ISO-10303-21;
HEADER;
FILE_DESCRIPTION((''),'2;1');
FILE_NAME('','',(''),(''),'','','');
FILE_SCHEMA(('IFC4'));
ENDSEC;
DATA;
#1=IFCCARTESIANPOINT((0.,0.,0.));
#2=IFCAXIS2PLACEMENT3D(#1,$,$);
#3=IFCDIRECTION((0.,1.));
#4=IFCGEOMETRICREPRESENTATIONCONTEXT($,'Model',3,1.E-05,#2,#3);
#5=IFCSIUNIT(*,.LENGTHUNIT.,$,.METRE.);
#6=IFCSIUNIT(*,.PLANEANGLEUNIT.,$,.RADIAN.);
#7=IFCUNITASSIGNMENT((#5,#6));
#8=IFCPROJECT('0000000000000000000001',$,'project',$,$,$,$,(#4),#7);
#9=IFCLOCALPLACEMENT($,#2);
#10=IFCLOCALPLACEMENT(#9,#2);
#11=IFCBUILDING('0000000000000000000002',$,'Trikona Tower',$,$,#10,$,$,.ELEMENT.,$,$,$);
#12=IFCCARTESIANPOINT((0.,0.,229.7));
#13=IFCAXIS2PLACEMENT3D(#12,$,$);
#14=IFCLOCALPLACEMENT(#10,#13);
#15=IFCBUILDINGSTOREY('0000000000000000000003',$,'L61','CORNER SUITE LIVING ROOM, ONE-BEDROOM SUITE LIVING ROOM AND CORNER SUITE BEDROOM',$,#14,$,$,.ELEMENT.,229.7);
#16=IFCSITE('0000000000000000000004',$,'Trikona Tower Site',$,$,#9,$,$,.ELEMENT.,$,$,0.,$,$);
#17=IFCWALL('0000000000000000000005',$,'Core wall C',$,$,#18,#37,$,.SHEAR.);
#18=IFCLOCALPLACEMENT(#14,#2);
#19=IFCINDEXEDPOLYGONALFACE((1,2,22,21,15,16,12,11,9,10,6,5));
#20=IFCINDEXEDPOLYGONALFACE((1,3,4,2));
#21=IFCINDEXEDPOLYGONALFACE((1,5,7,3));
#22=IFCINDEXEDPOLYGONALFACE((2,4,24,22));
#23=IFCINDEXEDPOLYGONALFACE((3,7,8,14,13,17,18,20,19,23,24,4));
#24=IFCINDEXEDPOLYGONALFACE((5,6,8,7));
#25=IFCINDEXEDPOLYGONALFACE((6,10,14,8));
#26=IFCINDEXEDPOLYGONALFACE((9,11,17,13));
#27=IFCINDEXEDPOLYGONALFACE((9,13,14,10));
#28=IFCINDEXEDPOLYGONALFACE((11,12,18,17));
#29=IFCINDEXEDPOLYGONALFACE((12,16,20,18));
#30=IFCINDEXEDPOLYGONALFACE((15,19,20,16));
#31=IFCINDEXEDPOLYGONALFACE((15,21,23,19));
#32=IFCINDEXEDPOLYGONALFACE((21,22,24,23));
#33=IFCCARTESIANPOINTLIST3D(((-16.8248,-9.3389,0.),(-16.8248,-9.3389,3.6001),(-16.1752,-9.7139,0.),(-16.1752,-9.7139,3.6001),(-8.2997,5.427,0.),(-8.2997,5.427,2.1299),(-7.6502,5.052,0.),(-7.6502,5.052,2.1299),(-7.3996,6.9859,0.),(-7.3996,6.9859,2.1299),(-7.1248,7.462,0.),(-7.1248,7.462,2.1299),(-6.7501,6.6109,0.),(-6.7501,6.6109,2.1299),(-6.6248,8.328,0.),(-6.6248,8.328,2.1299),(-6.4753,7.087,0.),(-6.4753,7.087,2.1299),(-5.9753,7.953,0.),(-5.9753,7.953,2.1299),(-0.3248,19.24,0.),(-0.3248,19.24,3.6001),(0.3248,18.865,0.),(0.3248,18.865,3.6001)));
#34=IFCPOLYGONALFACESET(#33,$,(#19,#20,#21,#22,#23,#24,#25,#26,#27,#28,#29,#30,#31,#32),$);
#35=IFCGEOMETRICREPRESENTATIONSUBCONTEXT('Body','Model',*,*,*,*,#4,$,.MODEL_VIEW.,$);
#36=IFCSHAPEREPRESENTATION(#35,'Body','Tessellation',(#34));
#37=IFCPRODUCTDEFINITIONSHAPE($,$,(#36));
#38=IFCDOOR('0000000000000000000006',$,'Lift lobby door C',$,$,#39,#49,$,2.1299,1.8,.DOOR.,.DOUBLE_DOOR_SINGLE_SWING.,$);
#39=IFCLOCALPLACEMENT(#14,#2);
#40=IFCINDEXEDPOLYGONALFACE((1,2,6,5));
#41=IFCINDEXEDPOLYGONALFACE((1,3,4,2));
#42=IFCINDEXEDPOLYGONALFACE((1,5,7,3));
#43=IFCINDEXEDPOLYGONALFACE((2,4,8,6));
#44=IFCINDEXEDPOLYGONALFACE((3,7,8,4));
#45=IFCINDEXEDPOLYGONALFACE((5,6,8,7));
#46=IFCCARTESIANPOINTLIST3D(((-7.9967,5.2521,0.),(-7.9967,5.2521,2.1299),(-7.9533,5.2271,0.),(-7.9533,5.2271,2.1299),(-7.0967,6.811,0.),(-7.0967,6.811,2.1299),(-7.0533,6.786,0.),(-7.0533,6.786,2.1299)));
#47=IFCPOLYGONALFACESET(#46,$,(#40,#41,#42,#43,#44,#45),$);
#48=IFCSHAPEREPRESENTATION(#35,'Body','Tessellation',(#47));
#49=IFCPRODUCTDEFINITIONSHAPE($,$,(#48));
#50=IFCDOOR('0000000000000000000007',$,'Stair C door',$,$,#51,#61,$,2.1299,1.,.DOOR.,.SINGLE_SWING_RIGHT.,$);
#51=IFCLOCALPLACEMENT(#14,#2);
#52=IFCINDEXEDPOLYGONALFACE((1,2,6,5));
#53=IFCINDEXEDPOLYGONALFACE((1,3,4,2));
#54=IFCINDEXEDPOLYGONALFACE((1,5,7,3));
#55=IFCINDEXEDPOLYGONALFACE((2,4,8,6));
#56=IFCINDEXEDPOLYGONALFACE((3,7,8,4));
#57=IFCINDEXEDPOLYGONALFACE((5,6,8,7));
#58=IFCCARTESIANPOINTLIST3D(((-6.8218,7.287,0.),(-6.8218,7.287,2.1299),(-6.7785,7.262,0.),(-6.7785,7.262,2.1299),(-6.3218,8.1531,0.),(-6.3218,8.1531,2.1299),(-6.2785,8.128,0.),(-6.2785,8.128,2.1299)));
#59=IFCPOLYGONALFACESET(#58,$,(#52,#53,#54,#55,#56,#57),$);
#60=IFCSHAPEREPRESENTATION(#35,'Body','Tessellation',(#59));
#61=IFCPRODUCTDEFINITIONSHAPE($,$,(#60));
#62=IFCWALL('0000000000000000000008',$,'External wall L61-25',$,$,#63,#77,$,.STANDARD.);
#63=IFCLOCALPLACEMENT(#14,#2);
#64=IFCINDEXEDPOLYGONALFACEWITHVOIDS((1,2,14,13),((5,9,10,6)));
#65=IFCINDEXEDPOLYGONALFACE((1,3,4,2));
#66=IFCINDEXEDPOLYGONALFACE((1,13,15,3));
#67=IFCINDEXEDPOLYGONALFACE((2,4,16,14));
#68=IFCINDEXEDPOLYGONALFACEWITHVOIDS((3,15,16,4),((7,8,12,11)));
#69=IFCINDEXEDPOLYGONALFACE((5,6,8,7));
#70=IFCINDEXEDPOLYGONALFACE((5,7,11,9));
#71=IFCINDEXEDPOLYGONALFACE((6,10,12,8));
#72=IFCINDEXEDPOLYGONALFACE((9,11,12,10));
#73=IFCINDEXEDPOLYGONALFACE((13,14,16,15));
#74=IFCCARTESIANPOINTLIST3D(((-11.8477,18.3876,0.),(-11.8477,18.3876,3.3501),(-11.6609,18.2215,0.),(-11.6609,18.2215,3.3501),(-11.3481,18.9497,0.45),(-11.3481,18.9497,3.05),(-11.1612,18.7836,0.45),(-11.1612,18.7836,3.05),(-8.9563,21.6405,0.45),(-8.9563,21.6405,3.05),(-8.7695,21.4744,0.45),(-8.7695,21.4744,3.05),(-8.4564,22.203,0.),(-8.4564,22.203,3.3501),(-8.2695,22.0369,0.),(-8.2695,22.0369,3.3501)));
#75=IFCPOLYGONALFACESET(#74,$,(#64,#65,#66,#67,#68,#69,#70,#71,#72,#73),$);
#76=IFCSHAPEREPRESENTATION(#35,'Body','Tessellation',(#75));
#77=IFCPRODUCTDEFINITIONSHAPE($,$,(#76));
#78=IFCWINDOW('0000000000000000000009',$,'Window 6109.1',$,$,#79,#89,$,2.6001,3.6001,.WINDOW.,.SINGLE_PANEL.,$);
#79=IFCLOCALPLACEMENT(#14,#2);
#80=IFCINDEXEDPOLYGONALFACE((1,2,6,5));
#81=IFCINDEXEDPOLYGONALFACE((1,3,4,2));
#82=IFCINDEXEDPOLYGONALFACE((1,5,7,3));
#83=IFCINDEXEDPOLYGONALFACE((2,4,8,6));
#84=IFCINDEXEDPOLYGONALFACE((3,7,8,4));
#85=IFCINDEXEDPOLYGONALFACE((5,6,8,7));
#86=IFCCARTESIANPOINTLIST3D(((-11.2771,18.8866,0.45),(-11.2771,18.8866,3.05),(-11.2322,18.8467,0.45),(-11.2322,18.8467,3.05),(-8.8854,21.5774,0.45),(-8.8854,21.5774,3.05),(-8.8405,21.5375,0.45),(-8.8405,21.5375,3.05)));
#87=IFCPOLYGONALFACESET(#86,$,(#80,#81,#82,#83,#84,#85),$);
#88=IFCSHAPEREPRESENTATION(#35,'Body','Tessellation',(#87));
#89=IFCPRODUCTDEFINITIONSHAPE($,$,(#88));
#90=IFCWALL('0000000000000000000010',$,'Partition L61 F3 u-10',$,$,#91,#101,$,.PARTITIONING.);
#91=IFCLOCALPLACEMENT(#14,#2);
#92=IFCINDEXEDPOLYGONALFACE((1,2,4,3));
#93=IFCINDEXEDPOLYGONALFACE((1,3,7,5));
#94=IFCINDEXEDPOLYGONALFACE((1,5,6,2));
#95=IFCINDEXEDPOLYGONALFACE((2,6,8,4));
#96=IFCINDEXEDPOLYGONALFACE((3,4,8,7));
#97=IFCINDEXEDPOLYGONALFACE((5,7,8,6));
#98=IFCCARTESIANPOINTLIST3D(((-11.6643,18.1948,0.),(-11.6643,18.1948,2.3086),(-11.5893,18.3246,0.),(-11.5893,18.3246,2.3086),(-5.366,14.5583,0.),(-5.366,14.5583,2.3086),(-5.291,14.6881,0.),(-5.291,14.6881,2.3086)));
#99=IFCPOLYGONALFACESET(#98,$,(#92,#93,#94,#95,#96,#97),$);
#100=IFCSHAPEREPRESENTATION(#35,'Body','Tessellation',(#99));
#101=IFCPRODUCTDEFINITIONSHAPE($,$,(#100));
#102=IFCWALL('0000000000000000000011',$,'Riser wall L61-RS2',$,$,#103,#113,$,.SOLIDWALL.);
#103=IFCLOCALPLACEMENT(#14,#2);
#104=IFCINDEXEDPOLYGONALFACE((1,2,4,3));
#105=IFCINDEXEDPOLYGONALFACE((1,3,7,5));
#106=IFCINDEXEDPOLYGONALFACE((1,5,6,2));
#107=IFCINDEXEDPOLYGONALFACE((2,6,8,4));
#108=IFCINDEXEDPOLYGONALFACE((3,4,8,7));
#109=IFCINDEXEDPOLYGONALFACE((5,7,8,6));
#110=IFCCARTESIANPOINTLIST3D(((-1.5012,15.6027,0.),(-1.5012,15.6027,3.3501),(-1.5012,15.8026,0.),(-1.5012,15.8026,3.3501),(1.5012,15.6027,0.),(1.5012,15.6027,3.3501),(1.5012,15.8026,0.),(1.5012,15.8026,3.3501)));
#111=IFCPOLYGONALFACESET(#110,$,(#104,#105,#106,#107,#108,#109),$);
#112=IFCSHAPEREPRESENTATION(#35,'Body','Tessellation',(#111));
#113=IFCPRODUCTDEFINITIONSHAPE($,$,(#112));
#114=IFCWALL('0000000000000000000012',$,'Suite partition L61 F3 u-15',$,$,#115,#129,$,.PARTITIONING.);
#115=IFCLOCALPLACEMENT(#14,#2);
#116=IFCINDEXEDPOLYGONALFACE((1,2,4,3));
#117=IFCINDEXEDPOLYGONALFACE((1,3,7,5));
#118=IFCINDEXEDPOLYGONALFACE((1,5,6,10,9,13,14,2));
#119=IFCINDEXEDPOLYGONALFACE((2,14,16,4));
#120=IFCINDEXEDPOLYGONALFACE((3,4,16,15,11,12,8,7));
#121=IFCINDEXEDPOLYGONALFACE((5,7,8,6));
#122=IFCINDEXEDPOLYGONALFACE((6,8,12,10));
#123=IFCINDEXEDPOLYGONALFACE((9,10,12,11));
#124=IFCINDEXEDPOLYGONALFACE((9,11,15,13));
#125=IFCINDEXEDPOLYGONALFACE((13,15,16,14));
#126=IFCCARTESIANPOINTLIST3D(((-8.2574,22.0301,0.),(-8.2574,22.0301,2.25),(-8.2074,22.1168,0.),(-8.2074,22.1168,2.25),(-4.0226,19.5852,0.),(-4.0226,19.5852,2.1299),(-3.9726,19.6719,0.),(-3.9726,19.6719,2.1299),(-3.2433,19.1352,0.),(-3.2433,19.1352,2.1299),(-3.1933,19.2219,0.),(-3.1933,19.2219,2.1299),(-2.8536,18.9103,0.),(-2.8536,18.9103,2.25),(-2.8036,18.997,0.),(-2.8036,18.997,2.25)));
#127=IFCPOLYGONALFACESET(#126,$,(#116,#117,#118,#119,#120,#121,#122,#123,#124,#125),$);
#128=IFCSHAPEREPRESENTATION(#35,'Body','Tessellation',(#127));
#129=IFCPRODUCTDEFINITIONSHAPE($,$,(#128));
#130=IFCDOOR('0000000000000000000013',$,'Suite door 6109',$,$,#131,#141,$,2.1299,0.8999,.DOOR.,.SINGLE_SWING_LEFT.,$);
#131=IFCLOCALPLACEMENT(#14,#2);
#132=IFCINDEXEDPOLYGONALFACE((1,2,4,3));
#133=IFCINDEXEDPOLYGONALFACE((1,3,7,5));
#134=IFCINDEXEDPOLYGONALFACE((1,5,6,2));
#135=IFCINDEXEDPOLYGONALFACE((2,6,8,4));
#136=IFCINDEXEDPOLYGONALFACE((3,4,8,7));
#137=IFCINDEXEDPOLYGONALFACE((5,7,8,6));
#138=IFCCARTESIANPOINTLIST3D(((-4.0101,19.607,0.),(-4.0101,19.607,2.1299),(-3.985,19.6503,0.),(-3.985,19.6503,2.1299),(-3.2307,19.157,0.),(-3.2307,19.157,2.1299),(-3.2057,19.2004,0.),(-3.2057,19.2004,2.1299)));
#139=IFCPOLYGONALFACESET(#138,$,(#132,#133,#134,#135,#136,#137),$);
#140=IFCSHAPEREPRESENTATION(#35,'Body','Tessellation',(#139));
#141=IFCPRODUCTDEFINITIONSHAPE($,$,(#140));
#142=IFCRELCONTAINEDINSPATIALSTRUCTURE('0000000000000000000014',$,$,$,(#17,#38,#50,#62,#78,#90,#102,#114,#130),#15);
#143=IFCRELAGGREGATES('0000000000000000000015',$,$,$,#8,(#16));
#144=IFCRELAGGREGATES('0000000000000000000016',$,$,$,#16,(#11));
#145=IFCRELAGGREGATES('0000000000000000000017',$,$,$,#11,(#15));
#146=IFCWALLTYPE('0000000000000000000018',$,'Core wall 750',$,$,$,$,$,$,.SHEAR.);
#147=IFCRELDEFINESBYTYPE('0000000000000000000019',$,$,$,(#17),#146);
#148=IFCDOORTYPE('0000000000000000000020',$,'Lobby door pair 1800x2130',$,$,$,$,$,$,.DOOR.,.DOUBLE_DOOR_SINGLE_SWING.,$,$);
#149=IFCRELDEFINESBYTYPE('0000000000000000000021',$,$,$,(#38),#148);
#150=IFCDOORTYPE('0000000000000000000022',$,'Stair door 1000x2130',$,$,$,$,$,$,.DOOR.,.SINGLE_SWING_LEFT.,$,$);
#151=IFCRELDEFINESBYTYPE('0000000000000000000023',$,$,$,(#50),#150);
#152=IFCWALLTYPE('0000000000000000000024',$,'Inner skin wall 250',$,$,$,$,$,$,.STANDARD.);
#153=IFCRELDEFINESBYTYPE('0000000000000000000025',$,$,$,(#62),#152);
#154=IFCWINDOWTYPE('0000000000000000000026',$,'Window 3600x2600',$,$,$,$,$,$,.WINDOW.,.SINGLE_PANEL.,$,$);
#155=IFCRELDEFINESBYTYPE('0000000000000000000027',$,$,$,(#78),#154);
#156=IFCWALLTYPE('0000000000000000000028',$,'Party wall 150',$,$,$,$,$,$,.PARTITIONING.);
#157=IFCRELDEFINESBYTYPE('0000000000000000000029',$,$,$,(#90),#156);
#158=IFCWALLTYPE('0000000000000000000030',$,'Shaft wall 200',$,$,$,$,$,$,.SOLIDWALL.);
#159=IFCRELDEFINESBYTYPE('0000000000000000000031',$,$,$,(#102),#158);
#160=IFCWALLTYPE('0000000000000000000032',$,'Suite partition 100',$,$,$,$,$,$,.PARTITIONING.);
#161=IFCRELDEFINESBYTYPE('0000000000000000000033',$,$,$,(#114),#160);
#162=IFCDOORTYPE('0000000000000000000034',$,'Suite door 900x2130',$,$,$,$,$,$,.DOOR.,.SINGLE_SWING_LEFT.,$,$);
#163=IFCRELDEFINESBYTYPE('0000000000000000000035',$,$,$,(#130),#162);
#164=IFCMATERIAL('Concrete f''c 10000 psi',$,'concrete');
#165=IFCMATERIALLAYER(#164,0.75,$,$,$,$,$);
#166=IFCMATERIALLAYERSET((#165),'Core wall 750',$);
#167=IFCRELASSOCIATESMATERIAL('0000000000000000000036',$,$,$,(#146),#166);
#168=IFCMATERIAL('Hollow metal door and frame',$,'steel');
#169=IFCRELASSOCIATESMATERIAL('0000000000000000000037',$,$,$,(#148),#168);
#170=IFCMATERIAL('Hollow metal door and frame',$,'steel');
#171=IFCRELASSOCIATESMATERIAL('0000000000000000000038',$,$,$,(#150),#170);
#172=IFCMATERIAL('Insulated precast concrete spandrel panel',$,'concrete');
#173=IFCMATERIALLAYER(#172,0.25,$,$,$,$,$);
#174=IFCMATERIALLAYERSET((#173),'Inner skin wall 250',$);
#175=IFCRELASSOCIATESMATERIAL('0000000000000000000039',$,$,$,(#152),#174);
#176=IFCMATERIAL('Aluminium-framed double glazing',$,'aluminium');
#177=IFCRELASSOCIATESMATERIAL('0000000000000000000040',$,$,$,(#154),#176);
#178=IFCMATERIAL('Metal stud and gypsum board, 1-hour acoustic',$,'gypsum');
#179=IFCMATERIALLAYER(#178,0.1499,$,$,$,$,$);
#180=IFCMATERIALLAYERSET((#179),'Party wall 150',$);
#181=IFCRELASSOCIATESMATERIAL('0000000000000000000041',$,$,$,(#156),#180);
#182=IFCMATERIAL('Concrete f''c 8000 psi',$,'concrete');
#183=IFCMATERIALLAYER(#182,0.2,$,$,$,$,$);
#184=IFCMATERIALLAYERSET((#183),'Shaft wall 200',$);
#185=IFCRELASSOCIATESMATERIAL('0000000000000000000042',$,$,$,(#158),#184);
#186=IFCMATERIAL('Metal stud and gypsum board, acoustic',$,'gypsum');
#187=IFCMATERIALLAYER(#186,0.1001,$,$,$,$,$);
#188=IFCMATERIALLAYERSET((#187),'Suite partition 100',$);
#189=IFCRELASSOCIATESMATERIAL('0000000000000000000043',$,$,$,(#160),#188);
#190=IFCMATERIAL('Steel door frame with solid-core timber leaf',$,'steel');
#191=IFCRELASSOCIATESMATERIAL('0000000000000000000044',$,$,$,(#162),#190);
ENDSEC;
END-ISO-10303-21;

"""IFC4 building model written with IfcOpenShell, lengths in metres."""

from ifc_helpers import new_model, si_unit, direction, frame, frame_2d, origin, place, context, subcontext, project, spatial, rectangle, extrude, material, layer, layer_set, type_object, element, fill, save


model = new_model("IFC4")

# Units and contexts
model_context = context("Model", 3, precision=1e-05, world=origin(), true_north=direction((0.0, 1.0)))
body_context = subcontext(model_context, "Body", "Model", "MODEL_VIEW")
ifc_project = project(units=[si_unit("LENGTHUNIT", "METRE"), si_unit("PLANEANGLEUNIT", "RADIAN")], contexts=[model_context])

# Site, building, storey
site_placement = place(None, origin())
site = spatial("IfcSite", under=ifc_project, at=site_placement, Name="Trikona Tower Site", CompositionType="ELEMENT", RefElevation=0.0)
building_placement = place(site_placement, origin())
building = spatial("IfcBuilding", under=site, at=building_placement, Name="Trikona Tower", CompositionType="ELEMENT")
storey_placement = place(building_placement, frame((0.0, 0.0, 229.7)))
storey = spatial("IfcBuildingStorey", under=building, at=storey_placement, Name="L61", Description="CORNER SUITE LIVING ROOM, ONE-BEDROOM SUITE LIVING ROOM AND CORNER SUITE BEDROOM", CompositionType="ELEMENT", Elevation=229.7)

# Wall, openings, doors
ifc_material_1 = material(Name="Concrete f'c 10000 psi", Category="concrete")
ifc_layer_1 = layer(ifc_material_1, 0.75)
ifc_layer_set_1 = layer_set([ifc_layer_1], Name="Core wall 750")
wall_type_1 = type_object("IfcWallType", Name="Core wall 750", PredefinedType="SHEAR", material=ifc_layer_set_1)
wall_1_placement = place(storey_placement, frame((0.0, 19.0525, 0.0), z_axis=(0.0, 0.0, 1.0), x_axis=(-0.5, -0.866026, 0.0)))
wall_1 = element("IfcWall", 1, at=wall_1_placement, inside=storey, type_object=wall_type_1, Name="Core wall C", PredefinedType="SHEAR", context=body_context, shape_type="SweptSolid", body=[
    extrude(rectangle(XDim=33.0, YDim=0.75, at=frame_2d((16.5, 0.0))), origin(), (0.0, 0.0, 1.0), 3.6001),
])
opening_1_placement = place(wall_1_placement, frame((14.1499, 0.0, 0.0)))
opening_1 = element("IfcOpeningElement", 2, at=opening_1_placement, cuts=wall_1, PredefinedType="OPENING", context=body_context, shape_type="SweptSolid", body=[
    extrude(rectangle(XDim=1.8, YDim=2.1299, at=frame_2d((0.8999, 1.0649))), frame((0.0, 0.385, 0.0), z_axis=(0.0, -1.0, 0.0), x_axis=(1.0, 0.0, 0.0)), (0.0, 0.0, 1.0), 0.77),
])
opening_2_placement = place(wall_1_placement, frame((12.6001, 0.0, 0.0)))
opening_2 = element("IfcOpeningElement", 3, at=opening_2_placement, cuts=wall_1, PredefinedType="OPENING", context=body_context, shape_type="SweptSolid", body=[
    extrude(rectangle(XDim=1.0, YDim=2.1299, at=frame_2d((0.5, 1.0649))), frame((0.0, 0.385, 0.0), z_axis=(0.0, -1.0, 0.0), x_axis=(1.0, 0.0, 0.0)), (0.0, 0.0, 1.0), 0.77),
])
ifc_material_2 = material(Name="Hollow metal door and frame", Category="steel")
door_type_1 = type_object("IfcDoorType", Name="Lobby door pair 1800x2130", OperationType="DOUBLE_DOOR_SINGLE_SWING", PredefinedType="DOOR", material=ifc_material_2)
door_1_placement = place(opening_1_placement, origin())
door_1 = element("IfcDoor", 4, at=door_1_placement, inside=storey, type_object=door_type_1, Name="Lift lobby door C", OperationType="DOUBLE_DOOR_SINGLE_SWING", OverallHeight=2.1299, OverallWidth=1.8, PredefinedType="DOOR", context=body_context, shape_type="SweptSolid", body=[
    extrude(rectangle(XDim=1.8, YDim=2.1299, at=frame_2d((0.8999, 1.0649))), frame((0.0, 0.0249, 0.0), z_axis=(0.0, -1.0, 0.0), x_axis=(1.0, 0.0, 0.0)), (0.0, 0.0, 1.0), 0.05),
])
fill(opening_1, door_1)
ifc_material_3 = material(Name="Hollow metal door and frame", Category="steel")
door_type_2 = type_object("IfcDoorType", Name="Stair door 1000x2130", OperationType="SINGLE_SWING_LEFT", PredefinedType="DOOR", material=ifc_material_3)
door_2_placement = place(opening_2_placement, origin())
door_2 = element("IfcDoor", 5, at=door_2_placement, inside=storey, type_object=door_type_2, Name="Stair C door", OperationType="SINGLE_SWING_RIGHT", OverallHeight=2.1299, OverallWidth=1.0, PredefinedType="DOOR", context=body_context, shape_type="SweptSolid", body=[
    extrude(rectangle(XDim=1.0, YDim=2.1299, at=frame_2d((0.5, 1.0649))), frame((0.0, 0.0249, 0.0), z_axis=(0.0, -1.0, 0.0), x_axis=(1.0, 0.0, 0.0)), (0.0, 0.0, 1.0), 0.05),
])
fill(opening_2, door_2)

# Wall, opening, window
ifc_material_4 = material(Name="Insulated precast concrete spandrel panel", Category="concrete")
ifc_layer_2 = layer(ifc_material_4, 0.25)
ifc_layer_set_2 = layer_set([ifc_layer_2], Name="Inner skin wall 250")
wall_type_2 = type_object("IfcWallType", Name="Inner skin wall 250", PredefinedType="STANDARD", material=ifc_layer_set_2)
wall_2_placement = place(storey_placement, frame((-8.363, 22.1199, 0.0), z_axis=(0.0, 0.0, 1.0), x_axis=(-0.664349, -0.747423, 0.0)))
wall_2 = element("IfcWall", 6, at=wall_2_placement, inside=storey, type_object=wall_type_2, Name="External wall L61-25", PredefinedType="STANDARD", context=body_context, shape_type="SweptSolid", body=[
    extrude(rectangle(XDim=5.1047, YDim=0.25, at=frame_2d((2.5522, 0.0))), origin(), (0.0, 0.0, 1.0), 3.3501),
])
opening_3_placement = place(wall_2_placement, frame((0.7524, 0.0, 0.45)))
opening_3 = element("IfcOpeningElement", 7, at=opening_3_placement, cuts=wall_2, PredefinedType="OPENING", context=body_context, shape_type="SweptSolid", body=[
    extrude(rectangle(XDim=3.6001, YDim=2.6001, at=frame_2d((1.8, 1.3))), frame((0.0, 0.135, 0.0), z_axis=(0.0, -1.0, 0.0), x_axis=(1.0, 0.0, 0.0)), (0.0, 0.0, 1.0), 0.27),
])
ifc_material_5 = material(Name="Aluminium-framed double glazing", Category="aluminium")
window_type = type_object("IfcWindowType", Name="Window 3600x2600", PartitioningType="SINGLE_PANEL", PredefinedType="WINDOW", material=ifc_material_5)
window_placement = place(opening_3_placement, origin())
window = element("IfcWindow", 8, at=window_placement, inside=storey, type_object=window_type, Name="Window 6109.1", OverallHeight=2.6001, OverallWidth=3.6001, PartitioningType="SINGLE_PANEL", PredefinedType="WINDOW", context=body_context, shape_type="SweptSolid", body=[
    extrude(rectangle(XDim=3.6001, YDim=2.6001, at=frame_2d((1.8, 1.3))), frame((0.0, 0.03, 0.0), z_axis=(0.0, -1.0, 0.0), x_axis=(1.0, 0.0, 0.0)), (0.0, 0.0, 1.0), 0.0601),
])
fill(opening_3, window)

# Walls
ifc_material_6 = material(Name="Metal stud and gypsum board, 1-hour acoustic", Category="gypsum")
ifc_layer_3 = layer(ifc_material_6, 0.1499)
ifc_layer_set_3 = layer_set([ifc_layer_3], Name="Party wall 150")
wall_type_3 = type_object("IfcWallType", Name="Party wall 150", PredefinedType="PARTITIONING", material=ifc_layer_set_3)
wall_3_placement = place(storey_placement, frame((-5.3286, 14.6233, 0.0), z_axis=(0.0, 0.0, 1.0), x_axis=(-0.866018, 0.500013, 0.0)))
element("IfcWall", 9, at=wall_3_placement, inside=storey, type_object=wall_type_3, Name="Partition L61 F3 u-10", PredefinedType="PARTITIONING", context=body_context, shape_type="SweptSolid", body=[
    extrude(rectangle(XDim=7.2727, YDim=0.1499, at=frame_2d((3.6362, 0.0))), origin(), (0.0, 0.0, 1.0), 2.3086),
])
ifc_material_7 = material(Name="Concrete f'c 8000 psi", Category="concrete")
ifc_layer_4 = layer(ifc_material_7, 0.2)
ifc_layer_set_4 = layer_set([ifc_layer_4], Name="Shaft wall 200")
wall_type_4 = type_object("IfcWallType", Name="Shaft wall 200", PredefinedType="SOLIDWALL", material=ifc_layer_set_4)
wall_4_placement = place(storey_placement, frame((-1.5012, 15.7026, 0.0), z_axis=(0.0, 0.0, 1.0), x_axis=(1.0, 0.0, 0.0)))
element("IfcWall", 10, at=wall_4_placement, inside=storey, type_object=wall_type_4, Name="Riser wall L61-RS2", PredefinedType="SOLIDWALL", context=body_context, shape_type="SweptSolid", body=[
    extrude(rectangle(XDim=3.0024, YDim=0.2, at=frame_2d((1.5012, 0.0))), origin(), (0.0, 0.0, 1.0), 3.3501),
])

# Wall, opening, door
ifc_material_8 = material(Name="Metal stud and gypsum board, acoustic", Category="gypsum")
ifc_layer_5 = layer(ifc_material_8, 0.1001)
ifc_layer_set_5 = layer_set([ifc_layer_5], Name="Suite partition 100")
wall_type_5 = type_object("IfcWallType", Name="Suite partition 100", PredefinedType="PARTITIONING", material=ifc_layer_set_5)
wall_5_placement = place(storey_placement, frame((-2.8286, 18.9536, 0.0), z_axis=(0.0, 0.0, 1.0), x_axis=(-0.866027, 0.499998, 0.0)))
wall_5 = element("IfcWall", 11, at=wall_5_placement, inside=storey, type_object=wall_type_5, Name="Suite partition L61 F3 u-15", PredefinedType="PARTITIONING", context=body_context, shape_type="SweptSolid", body=[
    extrude(rectangle(XDim=6.2397, YDim=0.1001, at=frame_2d((3.1199, 0.0))), origin(), (0.0, 0.0, 1.0), 2.25),
])
opening_4_placement = place(wall_5_placement, frame((0.45, 0.0, 0.0)))
opening_4 = element("IfcOpeningElement", 12, at=opening_4_placement, cuts=wall_5, PredefinedType="OPENING", context=body_context, shape_type="SweptSolid", body=[
    extrude(rectangle(XDim=0.8999, YDim=2.1299, at=frame_2d((0.45, 1.0649))), frame((0.0, 0.0601, 0.0), z_axis=(0.0, -1.0, 0.0), x_axis=(1.0, 0.0, 0.0)), (0.0, 0.0, 1.0), 0.1201),
])
ifc_material_9 = material(Name="Steel door frame with solid-core timber leaf", Category="steel")
door_type_3 = type_object("IfcDoorType", Name="Suite door 900x2130", OperationType="SINGLE_SWING_LEFT", PredefinedType="DOOR", material=ifc_material_9)
door_3_placement = place(opening_4_placement, origin())
door_3 = element("IfcDoor", 13, at=door_3_placement, inside=storey, type_object=door_type_3, Name="Suite door 6109", OperationType="SINGLE_SWING_LEFT", OverallHeight=2.1299, OverallWidth=0.8999, PredefinedType="DOOR", context=body_context, shape_type="SweptSolid", body=[
    extrude(rectangle(XDim=0.8999, YDim=2.1299, at=frame_2d((0.45, 1.0649))), frame((0.0, 0.0249, 0.0), z_axis=(0.0, -1.0, 0.0), x_axis=(1.0, 0.0, 0.0)), (0.0, 0.0, 1.0), 0.05),
])
fill(opening_4, door_3)

save(model, "model.ifc")
